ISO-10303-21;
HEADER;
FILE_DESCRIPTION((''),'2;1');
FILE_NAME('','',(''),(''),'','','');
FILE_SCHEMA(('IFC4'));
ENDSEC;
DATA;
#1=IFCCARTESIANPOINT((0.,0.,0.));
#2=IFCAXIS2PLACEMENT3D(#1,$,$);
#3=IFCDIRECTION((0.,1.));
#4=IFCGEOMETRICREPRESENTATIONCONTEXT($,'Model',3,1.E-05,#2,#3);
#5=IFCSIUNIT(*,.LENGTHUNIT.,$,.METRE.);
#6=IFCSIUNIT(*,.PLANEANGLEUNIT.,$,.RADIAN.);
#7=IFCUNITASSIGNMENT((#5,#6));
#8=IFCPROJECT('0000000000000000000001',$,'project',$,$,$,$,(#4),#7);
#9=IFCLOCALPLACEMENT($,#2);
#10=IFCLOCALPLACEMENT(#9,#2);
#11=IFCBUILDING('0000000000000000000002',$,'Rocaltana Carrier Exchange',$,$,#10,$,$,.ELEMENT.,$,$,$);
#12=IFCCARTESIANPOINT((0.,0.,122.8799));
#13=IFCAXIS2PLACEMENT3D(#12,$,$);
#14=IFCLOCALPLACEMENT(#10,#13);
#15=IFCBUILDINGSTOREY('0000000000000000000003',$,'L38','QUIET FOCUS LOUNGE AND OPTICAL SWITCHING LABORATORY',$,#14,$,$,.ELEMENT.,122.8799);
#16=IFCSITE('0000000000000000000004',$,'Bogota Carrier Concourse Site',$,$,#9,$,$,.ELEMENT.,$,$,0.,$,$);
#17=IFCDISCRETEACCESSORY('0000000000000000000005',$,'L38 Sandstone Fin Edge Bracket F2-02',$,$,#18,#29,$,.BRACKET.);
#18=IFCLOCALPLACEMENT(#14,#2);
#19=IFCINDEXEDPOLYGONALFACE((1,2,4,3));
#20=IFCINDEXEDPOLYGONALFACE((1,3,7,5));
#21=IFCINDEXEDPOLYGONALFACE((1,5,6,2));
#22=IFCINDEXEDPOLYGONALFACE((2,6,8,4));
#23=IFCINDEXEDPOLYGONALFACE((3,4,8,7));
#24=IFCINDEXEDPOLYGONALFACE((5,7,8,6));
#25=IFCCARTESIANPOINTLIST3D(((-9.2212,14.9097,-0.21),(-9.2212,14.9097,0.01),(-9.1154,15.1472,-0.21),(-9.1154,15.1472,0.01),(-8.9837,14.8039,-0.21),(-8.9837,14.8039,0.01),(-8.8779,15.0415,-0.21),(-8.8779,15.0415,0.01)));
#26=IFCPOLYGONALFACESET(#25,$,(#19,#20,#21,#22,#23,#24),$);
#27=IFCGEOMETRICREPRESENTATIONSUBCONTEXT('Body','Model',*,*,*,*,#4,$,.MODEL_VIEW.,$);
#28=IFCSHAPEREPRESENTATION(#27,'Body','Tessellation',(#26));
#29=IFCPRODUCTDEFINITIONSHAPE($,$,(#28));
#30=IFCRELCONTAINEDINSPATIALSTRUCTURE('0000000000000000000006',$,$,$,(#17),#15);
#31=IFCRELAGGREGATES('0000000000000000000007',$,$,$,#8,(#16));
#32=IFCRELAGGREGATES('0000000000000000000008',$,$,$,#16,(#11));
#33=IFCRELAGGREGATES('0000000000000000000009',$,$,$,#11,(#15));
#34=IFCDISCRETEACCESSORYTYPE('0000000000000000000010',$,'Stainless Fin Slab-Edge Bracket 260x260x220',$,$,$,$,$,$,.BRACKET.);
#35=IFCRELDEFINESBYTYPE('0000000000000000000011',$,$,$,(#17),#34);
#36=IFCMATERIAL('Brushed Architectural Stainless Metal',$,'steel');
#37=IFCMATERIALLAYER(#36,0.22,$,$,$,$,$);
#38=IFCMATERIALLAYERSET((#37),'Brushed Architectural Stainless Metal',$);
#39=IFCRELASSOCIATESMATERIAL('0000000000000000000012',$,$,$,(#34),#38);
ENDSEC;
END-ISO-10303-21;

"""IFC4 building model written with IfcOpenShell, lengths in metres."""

from ifc_helpers import new_model, si_unit, direction, frame, origin, origin_2d, place, context, subcontext, project, spatial, rectangle, extrude, material, layer, layer_set, type_object, element, save


model = new_model("IFC4")

# Units and contexts
model_context = context("Model", 3, precision=1e-05, world=origin(), true_north=direction((0.0, 1.0)))
body_context = subcontext(model_context, "Body", "Model", "MODEL_VIEW")
ifc_project = project(units=[si_unit("LENGTHUNIT", "METRE"), si_unit("PLANEANGLEUNIT", "RADIAN")], contexts=[model_context])

# Site, building, storey
site_placement = place(None, origin())
site = spatial("IfcSite", under=ifc_project, at=site_placement, Name="Bogota Carrier Concourse Site", CompositionType="ELEMENT", RefElevation=0.0)
building_placement = place(site_placement, origin())
building = spatial("IfcBuilding", under=site, at=building_placement, Name="Rocaltana Carrier Exchange", CompositionType="ELEMENT")
storey_placement = place(building_placement, frame((0.0, 0.0, 122.8799)))
storey = spatial("IfcBuildingStorey", under=building, at=storey_placement, Name="L38", Description="QUIET FOCUS LOUNGE AND OPTICAL SWITCHING LABORATORY", CompositionType="ELEMENT", Elevation=122.8799)

# Discrete accessory
ifc_material_1 = material(Name="Brushed Architectural Stainless Metal", Category="steel")
ifc_layer_1 = layer(ifc_material_1, 0.22)
ifc_layer_set_1 = layer_set([ifc_layer_1], Name="Brushed Architectural Stainless Metal")
discrete_accessory_type = type_object("IfcDiscreteAccessoryType", Name="Stainless Fin Slab-Edge Bracket 260x260x220", PredefinedType="BRACKET", material=ifc_layer_set_1)
discrete_accessory_placement = place(storey_placement, frame((-9.0496, 14.9756, -0.21), z_axis=(0.0, 0.0, 1.0), x_axis=(-0.406737, -0.913545, 0.0)))
element("IfcDiscreteAccessory", 1, at=discrete_accessory_placement, inside=storey, type_object=discrete_accessory_type, Name="L38 Sandstone Fin Edge Bracket F2-02", PredefinedType="BRACKET", context=body_context, shape_type="SweptSolid", body=[
    extrude(rectangle(XDim=0.26, YDim=0.26, at=origin_2d()), origin(), (0.0, 0.0, 1.0), 0.22),
])

save(model, "model.ifc")
